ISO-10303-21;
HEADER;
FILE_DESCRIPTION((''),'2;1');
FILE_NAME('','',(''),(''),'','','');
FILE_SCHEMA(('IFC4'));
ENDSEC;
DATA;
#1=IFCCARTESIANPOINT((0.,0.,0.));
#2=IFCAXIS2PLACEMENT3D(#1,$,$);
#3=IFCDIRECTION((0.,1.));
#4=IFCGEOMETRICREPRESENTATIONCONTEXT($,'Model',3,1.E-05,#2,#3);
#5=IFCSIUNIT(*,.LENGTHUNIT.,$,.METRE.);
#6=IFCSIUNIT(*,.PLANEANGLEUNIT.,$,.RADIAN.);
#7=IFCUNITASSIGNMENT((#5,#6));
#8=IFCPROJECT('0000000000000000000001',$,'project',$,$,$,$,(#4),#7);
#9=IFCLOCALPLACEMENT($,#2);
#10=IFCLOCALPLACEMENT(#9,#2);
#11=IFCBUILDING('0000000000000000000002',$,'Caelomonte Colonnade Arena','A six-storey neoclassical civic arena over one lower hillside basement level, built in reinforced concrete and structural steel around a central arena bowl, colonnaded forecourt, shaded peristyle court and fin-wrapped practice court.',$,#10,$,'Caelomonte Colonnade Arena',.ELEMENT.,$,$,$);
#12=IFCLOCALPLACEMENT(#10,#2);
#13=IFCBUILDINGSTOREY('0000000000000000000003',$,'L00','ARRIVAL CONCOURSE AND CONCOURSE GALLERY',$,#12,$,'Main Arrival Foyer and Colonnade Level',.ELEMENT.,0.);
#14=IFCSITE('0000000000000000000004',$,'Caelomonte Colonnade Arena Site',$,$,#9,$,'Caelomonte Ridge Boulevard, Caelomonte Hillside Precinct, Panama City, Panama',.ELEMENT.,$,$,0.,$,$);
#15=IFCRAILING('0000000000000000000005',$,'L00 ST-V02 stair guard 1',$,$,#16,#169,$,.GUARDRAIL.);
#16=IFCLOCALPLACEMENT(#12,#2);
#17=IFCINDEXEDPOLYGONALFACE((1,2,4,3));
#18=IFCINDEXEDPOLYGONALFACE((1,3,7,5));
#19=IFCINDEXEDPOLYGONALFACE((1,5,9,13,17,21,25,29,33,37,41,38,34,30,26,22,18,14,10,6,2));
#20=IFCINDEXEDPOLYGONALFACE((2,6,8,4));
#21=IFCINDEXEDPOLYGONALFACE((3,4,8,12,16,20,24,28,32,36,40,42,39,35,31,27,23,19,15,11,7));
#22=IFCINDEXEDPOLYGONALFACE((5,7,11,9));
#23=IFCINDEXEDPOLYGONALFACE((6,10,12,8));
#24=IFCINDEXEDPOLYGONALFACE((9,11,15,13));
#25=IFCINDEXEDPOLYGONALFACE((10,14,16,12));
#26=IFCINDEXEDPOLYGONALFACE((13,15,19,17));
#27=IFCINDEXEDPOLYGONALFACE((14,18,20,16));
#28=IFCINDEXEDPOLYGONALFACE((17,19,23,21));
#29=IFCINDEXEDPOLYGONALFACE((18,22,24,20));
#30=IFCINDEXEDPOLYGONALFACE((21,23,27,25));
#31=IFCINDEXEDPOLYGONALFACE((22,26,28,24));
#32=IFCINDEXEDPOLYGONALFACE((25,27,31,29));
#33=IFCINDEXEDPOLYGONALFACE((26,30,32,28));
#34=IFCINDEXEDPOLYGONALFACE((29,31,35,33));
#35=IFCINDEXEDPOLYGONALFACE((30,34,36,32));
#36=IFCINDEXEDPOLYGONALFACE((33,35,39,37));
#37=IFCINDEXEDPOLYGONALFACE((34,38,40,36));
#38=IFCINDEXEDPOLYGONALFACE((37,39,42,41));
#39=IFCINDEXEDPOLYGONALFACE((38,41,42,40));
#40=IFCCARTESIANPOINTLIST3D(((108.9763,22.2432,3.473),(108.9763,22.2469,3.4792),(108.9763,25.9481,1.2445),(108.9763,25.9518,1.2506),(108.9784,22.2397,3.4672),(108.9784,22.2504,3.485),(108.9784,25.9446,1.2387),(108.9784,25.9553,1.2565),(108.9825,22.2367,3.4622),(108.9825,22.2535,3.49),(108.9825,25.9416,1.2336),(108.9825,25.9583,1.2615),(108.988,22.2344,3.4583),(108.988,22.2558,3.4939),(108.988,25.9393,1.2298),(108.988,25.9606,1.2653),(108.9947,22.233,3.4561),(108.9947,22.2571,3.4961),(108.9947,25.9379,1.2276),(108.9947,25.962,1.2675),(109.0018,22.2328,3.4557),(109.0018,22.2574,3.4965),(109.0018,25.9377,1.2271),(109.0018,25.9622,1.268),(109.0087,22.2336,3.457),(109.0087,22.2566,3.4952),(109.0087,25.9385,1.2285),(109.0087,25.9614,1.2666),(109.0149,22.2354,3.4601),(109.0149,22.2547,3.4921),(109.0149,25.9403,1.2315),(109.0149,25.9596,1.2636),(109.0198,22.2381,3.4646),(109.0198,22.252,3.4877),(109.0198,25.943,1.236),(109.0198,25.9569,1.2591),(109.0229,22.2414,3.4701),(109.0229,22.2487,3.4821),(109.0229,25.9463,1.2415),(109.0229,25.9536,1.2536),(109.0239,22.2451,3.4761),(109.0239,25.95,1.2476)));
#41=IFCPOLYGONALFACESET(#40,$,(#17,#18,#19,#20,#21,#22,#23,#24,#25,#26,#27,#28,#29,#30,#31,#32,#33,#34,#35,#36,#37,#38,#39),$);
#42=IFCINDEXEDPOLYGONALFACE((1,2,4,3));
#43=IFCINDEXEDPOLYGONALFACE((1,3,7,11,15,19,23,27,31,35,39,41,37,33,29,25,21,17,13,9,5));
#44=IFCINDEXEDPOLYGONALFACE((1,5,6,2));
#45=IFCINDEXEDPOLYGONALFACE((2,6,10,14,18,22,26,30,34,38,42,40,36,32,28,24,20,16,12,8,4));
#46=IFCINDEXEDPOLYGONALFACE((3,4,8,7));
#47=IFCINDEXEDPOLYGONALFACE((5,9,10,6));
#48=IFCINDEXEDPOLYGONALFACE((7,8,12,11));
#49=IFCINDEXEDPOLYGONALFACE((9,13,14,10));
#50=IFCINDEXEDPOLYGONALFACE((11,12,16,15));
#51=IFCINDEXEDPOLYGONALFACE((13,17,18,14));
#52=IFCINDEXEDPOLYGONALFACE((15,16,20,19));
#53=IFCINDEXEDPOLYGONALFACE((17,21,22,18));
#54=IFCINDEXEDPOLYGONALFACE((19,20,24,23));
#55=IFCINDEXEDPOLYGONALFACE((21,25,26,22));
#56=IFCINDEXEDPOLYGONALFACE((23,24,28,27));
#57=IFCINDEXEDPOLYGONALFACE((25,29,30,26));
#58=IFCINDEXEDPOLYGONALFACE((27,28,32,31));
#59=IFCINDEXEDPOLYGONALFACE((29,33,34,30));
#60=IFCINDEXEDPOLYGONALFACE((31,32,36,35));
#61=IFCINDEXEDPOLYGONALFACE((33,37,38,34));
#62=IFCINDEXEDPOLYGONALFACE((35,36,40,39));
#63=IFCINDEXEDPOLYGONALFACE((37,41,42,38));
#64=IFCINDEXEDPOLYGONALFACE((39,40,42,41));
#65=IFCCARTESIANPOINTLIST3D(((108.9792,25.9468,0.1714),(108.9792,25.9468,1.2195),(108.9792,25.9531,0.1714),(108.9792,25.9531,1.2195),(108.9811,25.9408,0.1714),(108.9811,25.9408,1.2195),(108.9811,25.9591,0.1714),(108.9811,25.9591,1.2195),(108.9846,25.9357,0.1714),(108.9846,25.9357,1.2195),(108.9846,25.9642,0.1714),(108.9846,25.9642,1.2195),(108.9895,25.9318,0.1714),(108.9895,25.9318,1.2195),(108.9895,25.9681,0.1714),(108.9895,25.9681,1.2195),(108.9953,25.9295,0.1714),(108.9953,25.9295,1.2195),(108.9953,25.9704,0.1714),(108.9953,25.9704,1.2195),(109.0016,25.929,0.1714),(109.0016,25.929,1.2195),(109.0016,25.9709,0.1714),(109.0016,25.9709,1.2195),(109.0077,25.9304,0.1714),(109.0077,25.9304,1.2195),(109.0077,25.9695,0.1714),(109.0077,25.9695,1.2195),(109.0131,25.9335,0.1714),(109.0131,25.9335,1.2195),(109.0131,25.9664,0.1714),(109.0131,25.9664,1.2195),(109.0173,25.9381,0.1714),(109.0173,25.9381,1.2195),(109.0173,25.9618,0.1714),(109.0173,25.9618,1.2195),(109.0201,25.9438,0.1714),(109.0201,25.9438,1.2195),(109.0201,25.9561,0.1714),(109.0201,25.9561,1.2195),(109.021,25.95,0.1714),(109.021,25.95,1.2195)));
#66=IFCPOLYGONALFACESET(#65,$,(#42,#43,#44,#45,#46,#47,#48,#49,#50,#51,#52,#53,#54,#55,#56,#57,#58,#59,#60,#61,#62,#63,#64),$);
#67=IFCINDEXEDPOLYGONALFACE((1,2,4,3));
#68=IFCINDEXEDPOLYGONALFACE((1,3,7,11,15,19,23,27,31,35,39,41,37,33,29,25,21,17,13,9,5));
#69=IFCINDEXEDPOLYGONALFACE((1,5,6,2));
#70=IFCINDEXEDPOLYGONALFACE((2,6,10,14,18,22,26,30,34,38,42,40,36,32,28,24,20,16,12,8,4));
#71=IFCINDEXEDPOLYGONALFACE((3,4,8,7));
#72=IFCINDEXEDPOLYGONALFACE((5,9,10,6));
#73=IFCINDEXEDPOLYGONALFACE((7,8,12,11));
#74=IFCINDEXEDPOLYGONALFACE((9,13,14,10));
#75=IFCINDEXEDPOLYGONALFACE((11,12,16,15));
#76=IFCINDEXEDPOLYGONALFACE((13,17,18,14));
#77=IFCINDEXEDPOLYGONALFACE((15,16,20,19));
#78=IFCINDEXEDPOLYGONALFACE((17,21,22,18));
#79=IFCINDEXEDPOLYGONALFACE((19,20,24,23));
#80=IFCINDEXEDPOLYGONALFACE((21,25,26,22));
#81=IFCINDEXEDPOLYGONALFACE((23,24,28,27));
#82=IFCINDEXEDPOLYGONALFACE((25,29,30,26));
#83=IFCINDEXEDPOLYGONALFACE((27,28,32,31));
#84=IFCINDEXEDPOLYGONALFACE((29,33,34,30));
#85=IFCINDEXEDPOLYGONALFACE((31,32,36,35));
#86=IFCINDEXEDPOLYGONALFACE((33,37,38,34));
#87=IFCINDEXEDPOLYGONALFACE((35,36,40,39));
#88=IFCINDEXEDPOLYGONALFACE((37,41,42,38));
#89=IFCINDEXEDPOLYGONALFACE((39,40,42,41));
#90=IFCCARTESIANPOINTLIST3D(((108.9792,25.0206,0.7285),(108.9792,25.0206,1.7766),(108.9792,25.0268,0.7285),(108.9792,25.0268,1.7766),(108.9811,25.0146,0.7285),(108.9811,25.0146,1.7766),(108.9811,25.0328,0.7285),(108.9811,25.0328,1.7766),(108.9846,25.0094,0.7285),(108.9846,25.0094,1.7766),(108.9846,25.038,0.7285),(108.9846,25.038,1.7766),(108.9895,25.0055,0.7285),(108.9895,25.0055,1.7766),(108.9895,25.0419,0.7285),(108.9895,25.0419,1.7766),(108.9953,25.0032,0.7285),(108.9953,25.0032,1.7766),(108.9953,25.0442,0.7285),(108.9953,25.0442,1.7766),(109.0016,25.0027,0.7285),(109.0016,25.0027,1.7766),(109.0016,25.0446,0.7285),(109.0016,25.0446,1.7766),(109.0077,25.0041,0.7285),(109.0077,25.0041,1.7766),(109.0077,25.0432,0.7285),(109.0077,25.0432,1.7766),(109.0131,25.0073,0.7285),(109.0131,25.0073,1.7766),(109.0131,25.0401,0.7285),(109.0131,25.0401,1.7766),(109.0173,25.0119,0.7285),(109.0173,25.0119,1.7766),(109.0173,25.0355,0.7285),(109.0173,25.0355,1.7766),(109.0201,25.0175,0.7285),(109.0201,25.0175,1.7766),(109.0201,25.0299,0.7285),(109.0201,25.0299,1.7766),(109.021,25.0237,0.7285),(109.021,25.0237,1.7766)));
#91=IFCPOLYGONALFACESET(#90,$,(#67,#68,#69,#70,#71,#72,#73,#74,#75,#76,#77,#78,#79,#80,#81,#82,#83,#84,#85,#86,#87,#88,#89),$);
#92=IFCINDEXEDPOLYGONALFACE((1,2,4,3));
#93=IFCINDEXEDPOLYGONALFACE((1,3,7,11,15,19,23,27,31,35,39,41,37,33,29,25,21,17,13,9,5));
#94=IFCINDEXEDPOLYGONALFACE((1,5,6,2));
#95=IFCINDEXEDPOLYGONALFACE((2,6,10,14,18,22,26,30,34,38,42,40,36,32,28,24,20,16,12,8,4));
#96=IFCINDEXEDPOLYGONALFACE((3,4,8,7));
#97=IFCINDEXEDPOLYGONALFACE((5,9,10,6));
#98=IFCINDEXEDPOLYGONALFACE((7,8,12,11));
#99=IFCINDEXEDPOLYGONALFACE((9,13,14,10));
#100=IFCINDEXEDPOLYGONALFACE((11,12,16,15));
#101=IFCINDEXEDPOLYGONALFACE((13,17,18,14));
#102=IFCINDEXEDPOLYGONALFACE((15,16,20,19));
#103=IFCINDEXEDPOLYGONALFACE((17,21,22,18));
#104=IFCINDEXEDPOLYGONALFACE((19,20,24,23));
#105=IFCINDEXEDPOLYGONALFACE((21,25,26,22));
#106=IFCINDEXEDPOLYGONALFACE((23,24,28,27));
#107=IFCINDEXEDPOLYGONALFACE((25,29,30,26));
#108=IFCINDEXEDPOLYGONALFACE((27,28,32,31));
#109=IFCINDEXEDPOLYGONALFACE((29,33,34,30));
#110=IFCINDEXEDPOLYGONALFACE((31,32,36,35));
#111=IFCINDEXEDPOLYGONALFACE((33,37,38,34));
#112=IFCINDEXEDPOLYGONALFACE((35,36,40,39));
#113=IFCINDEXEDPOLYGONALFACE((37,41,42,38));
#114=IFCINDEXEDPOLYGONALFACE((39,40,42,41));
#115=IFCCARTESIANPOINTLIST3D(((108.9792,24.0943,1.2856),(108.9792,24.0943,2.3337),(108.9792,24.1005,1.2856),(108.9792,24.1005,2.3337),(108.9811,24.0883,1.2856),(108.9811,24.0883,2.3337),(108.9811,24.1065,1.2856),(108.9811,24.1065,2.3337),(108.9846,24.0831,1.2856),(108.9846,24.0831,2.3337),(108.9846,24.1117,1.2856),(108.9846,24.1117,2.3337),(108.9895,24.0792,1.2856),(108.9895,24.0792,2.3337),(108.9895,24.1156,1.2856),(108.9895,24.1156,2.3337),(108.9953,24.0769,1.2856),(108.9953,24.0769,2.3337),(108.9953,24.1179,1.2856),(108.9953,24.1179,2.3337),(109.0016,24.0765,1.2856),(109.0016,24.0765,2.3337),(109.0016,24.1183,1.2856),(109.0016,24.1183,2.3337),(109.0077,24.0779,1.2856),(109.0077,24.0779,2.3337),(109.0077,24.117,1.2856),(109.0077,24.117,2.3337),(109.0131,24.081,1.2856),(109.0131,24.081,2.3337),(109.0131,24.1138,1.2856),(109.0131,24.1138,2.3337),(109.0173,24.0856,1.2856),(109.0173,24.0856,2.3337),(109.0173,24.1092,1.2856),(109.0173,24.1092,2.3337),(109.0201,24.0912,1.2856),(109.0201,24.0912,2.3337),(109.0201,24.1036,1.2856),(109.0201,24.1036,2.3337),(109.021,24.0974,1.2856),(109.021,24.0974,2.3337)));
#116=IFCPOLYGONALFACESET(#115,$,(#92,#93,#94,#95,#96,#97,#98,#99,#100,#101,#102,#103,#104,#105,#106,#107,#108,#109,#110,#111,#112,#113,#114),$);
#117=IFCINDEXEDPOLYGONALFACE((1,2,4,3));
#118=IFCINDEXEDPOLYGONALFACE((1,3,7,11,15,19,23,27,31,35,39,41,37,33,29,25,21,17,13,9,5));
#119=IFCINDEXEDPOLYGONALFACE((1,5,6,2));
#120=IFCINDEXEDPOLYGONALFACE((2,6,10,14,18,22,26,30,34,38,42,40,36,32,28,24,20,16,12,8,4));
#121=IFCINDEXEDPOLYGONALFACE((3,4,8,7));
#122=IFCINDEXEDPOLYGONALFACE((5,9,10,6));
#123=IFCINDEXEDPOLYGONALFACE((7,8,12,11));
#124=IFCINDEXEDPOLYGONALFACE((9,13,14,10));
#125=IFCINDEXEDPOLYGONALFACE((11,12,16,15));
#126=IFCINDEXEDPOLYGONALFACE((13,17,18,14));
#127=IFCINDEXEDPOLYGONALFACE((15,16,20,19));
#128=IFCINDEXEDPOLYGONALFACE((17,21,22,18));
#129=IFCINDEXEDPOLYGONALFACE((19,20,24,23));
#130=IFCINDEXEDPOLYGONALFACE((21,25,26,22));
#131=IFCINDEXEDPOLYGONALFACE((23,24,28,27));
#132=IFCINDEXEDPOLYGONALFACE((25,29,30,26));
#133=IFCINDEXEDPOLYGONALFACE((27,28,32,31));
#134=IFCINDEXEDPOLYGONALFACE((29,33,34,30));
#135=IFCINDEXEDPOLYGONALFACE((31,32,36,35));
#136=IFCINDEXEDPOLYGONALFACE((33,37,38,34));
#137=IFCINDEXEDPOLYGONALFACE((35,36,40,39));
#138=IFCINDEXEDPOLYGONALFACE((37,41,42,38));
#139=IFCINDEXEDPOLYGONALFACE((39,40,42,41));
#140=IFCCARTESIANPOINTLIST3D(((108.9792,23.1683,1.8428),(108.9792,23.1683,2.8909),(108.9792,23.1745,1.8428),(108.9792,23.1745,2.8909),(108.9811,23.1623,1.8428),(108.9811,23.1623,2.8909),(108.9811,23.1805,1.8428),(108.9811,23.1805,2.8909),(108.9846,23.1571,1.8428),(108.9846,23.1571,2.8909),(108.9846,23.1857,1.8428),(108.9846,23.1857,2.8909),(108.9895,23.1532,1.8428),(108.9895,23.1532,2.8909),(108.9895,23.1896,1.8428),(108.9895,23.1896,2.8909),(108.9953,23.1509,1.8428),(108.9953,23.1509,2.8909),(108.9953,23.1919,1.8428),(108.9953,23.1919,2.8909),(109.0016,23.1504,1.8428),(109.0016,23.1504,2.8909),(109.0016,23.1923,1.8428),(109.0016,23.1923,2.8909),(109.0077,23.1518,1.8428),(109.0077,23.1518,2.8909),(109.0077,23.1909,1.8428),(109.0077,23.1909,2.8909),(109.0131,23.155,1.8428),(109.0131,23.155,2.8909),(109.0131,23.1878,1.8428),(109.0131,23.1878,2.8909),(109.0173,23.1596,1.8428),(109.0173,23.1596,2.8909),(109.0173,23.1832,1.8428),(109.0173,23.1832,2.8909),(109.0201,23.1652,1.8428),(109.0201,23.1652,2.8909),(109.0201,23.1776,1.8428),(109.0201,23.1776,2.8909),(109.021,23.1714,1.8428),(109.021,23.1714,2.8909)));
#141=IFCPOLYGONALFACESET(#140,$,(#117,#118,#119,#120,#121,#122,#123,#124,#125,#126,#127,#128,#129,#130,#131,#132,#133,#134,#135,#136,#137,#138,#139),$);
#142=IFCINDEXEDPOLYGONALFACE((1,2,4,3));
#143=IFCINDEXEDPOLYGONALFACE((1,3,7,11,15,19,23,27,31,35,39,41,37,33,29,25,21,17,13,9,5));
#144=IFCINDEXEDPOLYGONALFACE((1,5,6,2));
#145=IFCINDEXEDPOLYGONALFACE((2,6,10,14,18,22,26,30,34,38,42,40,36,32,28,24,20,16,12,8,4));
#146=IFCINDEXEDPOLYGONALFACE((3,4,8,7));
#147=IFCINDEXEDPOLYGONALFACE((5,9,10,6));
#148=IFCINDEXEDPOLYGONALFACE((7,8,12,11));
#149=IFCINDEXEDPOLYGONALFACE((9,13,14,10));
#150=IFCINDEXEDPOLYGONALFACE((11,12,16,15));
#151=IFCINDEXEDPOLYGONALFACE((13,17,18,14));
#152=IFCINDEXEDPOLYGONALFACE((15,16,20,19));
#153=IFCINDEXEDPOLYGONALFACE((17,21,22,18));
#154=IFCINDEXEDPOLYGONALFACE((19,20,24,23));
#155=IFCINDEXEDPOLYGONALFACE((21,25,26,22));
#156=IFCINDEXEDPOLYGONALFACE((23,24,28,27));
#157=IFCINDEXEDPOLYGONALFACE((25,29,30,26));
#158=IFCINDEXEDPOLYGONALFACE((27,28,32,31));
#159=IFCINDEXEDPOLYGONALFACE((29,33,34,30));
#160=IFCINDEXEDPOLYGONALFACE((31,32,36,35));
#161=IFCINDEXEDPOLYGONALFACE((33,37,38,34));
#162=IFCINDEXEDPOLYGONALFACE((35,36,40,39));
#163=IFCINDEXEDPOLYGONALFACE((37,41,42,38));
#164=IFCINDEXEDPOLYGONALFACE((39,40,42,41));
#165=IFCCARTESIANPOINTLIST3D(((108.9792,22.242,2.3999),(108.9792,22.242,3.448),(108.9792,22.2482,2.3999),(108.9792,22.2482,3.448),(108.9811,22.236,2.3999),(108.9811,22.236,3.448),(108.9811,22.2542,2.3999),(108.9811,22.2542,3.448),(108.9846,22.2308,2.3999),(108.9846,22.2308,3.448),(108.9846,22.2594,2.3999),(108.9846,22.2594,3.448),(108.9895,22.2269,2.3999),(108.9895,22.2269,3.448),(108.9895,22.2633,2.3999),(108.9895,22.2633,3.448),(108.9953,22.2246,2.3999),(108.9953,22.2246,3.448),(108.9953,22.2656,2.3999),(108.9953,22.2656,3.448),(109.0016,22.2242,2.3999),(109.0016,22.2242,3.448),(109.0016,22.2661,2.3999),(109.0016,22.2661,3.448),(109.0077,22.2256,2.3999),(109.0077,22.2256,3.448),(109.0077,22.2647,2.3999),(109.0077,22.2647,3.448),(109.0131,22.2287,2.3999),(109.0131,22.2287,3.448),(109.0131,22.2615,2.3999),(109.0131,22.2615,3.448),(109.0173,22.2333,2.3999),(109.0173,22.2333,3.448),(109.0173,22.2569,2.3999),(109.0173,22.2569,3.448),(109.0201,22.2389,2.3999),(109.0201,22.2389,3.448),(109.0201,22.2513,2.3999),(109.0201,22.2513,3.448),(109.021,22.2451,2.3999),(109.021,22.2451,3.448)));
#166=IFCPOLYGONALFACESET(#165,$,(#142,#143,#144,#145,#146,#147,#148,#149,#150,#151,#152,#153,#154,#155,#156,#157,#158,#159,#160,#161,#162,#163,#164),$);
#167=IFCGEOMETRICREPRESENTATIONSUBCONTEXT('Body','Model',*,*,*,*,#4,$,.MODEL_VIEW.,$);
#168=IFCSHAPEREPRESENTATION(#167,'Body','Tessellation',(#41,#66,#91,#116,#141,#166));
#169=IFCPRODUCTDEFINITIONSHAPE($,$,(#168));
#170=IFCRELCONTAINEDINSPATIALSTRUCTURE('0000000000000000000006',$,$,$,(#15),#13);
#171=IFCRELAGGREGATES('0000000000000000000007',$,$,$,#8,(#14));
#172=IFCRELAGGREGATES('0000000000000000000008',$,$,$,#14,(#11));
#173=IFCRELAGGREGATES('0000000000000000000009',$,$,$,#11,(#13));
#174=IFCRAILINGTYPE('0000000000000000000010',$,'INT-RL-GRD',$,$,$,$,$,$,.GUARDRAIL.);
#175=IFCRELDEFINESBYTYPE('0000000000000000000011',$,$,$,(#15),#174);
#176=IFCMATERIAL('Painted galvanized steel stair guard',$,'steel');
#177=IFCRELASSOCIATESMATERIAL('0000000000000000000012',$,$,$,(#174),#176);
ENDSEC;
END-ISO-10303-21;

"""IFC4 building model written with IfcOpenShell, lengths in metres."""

from ifc_helpers import new_model, si_unit, direction, frame, origin, origin_2d, place, context, subcontext, project, spatial, circle, extrude, material, type_object, element, save


model = new_model("IFC4")

# Units and contexts
model_context = context("Model", 3, precision=1e-05, world=origin(), true_north=direction((0.0, 1.0)))
body_context = subcontext(model_context, "Body", "Model", "MODEL_VIEW")
ifc_project = project(units=[si_unit("LENGTHUNIT", "METRE"), si_unit("PLANEANGLEUNIT", "RADIAN")], contexts=[model_context])

# Site, building, storey
site_placement = place(None, origin())
site = spatial("IfcSite", under=ifc_project, at=site_placement, Name="Caelomonte Colonnade Arena Site", LongName="Caelomonte Ridge Boulevard, Caelomonte Hillside Precinct, Panama City, Panama", CompositionType="ELEMENT", RefElevation=0.0)
building_placement = place(site_placement, origin())
building = spatial("IfcBuilding", under=site, at=building_placement, Name="Caelomonte Colonnade Arena", Description="A six-storey neoclassical civic arena over one lower hillside basement level, built in reinforced concrete and structural steel around a central arena bowl, colonnaded forecourt, shaded peristyle court and fin-wrapped practice court.", LongName="Caelomonte Colonnade Arena", CompositionType="ELEMENT")
storey_placement = place(building_placement, origin())
storey = spatial("IfcBuildingStorey", under=building, at=storey_placement, Name="L00", Description="ARRIVAL CONCOURSE AND CONCOURSE GALLERY", LongName="Main Arrival Foyer and Colonnade Level", CompositionType="ELEMENT", Elevation=0.0)

# Railing
ifc_material_1 = material(Name="Painted galvanized steel stair guard", Category="steel")
railing_type_1 = type_object("IfcRailingType", Name="INT-RL-GRD", PredefinedType="GUARDRAIL", material=ifc_material_1)
railing_1_placement = place(storey_placement, frame((109.0, 25.95, 0.1714)))
element("IfcRailing", 1, at=railing_1_placement, inside=storey, type_object=railing_type_1, Name="L00 ST-V02 stair guard 1", PredefinedType="GUARDRAIL", context=body_context, shape_type="SweptSolid", body=[
    extrude(circle(Radius=0.0239, at=origin_2d()), frame((0.0, 0.0, 1.0762), z_axis=(0.0, -0.856919, 0.51545), x_axis=(1.0, 0.0, 0.0)), (0.0, 0.0, 1.0), 4.3235),
    extrude(circle(Radius=0.021, at=origin_2d()), origin(), (0.0, 0.0, 1.0), 1.0481),
    extrude(circle(Radius=0.021, at=origin_2d()), frame((0.0, -0.9263, 0.5571)), (0.0, 0.0, 1.0), 1.0481),
    extrude(circle(Radius=0.021, at=origin_2d()), frame((0.0, -1.8525, 1.1143)), (0.0, 0.0, 1.0), 1.0481),
    extrude(circle(Radius=0.021, at=origin_2d()), frame((0.0, -2.7786, 1.6714)), (0.0, 0.0, 1.0), 1.0481),
    extrude(circle(Radius=0.021, at=origin_2d()), frame((0.0, -3.7048, 2.2285)), (0.0, 0.0, 1.0), 1.0481),
])

save(model, "model.ifc")
